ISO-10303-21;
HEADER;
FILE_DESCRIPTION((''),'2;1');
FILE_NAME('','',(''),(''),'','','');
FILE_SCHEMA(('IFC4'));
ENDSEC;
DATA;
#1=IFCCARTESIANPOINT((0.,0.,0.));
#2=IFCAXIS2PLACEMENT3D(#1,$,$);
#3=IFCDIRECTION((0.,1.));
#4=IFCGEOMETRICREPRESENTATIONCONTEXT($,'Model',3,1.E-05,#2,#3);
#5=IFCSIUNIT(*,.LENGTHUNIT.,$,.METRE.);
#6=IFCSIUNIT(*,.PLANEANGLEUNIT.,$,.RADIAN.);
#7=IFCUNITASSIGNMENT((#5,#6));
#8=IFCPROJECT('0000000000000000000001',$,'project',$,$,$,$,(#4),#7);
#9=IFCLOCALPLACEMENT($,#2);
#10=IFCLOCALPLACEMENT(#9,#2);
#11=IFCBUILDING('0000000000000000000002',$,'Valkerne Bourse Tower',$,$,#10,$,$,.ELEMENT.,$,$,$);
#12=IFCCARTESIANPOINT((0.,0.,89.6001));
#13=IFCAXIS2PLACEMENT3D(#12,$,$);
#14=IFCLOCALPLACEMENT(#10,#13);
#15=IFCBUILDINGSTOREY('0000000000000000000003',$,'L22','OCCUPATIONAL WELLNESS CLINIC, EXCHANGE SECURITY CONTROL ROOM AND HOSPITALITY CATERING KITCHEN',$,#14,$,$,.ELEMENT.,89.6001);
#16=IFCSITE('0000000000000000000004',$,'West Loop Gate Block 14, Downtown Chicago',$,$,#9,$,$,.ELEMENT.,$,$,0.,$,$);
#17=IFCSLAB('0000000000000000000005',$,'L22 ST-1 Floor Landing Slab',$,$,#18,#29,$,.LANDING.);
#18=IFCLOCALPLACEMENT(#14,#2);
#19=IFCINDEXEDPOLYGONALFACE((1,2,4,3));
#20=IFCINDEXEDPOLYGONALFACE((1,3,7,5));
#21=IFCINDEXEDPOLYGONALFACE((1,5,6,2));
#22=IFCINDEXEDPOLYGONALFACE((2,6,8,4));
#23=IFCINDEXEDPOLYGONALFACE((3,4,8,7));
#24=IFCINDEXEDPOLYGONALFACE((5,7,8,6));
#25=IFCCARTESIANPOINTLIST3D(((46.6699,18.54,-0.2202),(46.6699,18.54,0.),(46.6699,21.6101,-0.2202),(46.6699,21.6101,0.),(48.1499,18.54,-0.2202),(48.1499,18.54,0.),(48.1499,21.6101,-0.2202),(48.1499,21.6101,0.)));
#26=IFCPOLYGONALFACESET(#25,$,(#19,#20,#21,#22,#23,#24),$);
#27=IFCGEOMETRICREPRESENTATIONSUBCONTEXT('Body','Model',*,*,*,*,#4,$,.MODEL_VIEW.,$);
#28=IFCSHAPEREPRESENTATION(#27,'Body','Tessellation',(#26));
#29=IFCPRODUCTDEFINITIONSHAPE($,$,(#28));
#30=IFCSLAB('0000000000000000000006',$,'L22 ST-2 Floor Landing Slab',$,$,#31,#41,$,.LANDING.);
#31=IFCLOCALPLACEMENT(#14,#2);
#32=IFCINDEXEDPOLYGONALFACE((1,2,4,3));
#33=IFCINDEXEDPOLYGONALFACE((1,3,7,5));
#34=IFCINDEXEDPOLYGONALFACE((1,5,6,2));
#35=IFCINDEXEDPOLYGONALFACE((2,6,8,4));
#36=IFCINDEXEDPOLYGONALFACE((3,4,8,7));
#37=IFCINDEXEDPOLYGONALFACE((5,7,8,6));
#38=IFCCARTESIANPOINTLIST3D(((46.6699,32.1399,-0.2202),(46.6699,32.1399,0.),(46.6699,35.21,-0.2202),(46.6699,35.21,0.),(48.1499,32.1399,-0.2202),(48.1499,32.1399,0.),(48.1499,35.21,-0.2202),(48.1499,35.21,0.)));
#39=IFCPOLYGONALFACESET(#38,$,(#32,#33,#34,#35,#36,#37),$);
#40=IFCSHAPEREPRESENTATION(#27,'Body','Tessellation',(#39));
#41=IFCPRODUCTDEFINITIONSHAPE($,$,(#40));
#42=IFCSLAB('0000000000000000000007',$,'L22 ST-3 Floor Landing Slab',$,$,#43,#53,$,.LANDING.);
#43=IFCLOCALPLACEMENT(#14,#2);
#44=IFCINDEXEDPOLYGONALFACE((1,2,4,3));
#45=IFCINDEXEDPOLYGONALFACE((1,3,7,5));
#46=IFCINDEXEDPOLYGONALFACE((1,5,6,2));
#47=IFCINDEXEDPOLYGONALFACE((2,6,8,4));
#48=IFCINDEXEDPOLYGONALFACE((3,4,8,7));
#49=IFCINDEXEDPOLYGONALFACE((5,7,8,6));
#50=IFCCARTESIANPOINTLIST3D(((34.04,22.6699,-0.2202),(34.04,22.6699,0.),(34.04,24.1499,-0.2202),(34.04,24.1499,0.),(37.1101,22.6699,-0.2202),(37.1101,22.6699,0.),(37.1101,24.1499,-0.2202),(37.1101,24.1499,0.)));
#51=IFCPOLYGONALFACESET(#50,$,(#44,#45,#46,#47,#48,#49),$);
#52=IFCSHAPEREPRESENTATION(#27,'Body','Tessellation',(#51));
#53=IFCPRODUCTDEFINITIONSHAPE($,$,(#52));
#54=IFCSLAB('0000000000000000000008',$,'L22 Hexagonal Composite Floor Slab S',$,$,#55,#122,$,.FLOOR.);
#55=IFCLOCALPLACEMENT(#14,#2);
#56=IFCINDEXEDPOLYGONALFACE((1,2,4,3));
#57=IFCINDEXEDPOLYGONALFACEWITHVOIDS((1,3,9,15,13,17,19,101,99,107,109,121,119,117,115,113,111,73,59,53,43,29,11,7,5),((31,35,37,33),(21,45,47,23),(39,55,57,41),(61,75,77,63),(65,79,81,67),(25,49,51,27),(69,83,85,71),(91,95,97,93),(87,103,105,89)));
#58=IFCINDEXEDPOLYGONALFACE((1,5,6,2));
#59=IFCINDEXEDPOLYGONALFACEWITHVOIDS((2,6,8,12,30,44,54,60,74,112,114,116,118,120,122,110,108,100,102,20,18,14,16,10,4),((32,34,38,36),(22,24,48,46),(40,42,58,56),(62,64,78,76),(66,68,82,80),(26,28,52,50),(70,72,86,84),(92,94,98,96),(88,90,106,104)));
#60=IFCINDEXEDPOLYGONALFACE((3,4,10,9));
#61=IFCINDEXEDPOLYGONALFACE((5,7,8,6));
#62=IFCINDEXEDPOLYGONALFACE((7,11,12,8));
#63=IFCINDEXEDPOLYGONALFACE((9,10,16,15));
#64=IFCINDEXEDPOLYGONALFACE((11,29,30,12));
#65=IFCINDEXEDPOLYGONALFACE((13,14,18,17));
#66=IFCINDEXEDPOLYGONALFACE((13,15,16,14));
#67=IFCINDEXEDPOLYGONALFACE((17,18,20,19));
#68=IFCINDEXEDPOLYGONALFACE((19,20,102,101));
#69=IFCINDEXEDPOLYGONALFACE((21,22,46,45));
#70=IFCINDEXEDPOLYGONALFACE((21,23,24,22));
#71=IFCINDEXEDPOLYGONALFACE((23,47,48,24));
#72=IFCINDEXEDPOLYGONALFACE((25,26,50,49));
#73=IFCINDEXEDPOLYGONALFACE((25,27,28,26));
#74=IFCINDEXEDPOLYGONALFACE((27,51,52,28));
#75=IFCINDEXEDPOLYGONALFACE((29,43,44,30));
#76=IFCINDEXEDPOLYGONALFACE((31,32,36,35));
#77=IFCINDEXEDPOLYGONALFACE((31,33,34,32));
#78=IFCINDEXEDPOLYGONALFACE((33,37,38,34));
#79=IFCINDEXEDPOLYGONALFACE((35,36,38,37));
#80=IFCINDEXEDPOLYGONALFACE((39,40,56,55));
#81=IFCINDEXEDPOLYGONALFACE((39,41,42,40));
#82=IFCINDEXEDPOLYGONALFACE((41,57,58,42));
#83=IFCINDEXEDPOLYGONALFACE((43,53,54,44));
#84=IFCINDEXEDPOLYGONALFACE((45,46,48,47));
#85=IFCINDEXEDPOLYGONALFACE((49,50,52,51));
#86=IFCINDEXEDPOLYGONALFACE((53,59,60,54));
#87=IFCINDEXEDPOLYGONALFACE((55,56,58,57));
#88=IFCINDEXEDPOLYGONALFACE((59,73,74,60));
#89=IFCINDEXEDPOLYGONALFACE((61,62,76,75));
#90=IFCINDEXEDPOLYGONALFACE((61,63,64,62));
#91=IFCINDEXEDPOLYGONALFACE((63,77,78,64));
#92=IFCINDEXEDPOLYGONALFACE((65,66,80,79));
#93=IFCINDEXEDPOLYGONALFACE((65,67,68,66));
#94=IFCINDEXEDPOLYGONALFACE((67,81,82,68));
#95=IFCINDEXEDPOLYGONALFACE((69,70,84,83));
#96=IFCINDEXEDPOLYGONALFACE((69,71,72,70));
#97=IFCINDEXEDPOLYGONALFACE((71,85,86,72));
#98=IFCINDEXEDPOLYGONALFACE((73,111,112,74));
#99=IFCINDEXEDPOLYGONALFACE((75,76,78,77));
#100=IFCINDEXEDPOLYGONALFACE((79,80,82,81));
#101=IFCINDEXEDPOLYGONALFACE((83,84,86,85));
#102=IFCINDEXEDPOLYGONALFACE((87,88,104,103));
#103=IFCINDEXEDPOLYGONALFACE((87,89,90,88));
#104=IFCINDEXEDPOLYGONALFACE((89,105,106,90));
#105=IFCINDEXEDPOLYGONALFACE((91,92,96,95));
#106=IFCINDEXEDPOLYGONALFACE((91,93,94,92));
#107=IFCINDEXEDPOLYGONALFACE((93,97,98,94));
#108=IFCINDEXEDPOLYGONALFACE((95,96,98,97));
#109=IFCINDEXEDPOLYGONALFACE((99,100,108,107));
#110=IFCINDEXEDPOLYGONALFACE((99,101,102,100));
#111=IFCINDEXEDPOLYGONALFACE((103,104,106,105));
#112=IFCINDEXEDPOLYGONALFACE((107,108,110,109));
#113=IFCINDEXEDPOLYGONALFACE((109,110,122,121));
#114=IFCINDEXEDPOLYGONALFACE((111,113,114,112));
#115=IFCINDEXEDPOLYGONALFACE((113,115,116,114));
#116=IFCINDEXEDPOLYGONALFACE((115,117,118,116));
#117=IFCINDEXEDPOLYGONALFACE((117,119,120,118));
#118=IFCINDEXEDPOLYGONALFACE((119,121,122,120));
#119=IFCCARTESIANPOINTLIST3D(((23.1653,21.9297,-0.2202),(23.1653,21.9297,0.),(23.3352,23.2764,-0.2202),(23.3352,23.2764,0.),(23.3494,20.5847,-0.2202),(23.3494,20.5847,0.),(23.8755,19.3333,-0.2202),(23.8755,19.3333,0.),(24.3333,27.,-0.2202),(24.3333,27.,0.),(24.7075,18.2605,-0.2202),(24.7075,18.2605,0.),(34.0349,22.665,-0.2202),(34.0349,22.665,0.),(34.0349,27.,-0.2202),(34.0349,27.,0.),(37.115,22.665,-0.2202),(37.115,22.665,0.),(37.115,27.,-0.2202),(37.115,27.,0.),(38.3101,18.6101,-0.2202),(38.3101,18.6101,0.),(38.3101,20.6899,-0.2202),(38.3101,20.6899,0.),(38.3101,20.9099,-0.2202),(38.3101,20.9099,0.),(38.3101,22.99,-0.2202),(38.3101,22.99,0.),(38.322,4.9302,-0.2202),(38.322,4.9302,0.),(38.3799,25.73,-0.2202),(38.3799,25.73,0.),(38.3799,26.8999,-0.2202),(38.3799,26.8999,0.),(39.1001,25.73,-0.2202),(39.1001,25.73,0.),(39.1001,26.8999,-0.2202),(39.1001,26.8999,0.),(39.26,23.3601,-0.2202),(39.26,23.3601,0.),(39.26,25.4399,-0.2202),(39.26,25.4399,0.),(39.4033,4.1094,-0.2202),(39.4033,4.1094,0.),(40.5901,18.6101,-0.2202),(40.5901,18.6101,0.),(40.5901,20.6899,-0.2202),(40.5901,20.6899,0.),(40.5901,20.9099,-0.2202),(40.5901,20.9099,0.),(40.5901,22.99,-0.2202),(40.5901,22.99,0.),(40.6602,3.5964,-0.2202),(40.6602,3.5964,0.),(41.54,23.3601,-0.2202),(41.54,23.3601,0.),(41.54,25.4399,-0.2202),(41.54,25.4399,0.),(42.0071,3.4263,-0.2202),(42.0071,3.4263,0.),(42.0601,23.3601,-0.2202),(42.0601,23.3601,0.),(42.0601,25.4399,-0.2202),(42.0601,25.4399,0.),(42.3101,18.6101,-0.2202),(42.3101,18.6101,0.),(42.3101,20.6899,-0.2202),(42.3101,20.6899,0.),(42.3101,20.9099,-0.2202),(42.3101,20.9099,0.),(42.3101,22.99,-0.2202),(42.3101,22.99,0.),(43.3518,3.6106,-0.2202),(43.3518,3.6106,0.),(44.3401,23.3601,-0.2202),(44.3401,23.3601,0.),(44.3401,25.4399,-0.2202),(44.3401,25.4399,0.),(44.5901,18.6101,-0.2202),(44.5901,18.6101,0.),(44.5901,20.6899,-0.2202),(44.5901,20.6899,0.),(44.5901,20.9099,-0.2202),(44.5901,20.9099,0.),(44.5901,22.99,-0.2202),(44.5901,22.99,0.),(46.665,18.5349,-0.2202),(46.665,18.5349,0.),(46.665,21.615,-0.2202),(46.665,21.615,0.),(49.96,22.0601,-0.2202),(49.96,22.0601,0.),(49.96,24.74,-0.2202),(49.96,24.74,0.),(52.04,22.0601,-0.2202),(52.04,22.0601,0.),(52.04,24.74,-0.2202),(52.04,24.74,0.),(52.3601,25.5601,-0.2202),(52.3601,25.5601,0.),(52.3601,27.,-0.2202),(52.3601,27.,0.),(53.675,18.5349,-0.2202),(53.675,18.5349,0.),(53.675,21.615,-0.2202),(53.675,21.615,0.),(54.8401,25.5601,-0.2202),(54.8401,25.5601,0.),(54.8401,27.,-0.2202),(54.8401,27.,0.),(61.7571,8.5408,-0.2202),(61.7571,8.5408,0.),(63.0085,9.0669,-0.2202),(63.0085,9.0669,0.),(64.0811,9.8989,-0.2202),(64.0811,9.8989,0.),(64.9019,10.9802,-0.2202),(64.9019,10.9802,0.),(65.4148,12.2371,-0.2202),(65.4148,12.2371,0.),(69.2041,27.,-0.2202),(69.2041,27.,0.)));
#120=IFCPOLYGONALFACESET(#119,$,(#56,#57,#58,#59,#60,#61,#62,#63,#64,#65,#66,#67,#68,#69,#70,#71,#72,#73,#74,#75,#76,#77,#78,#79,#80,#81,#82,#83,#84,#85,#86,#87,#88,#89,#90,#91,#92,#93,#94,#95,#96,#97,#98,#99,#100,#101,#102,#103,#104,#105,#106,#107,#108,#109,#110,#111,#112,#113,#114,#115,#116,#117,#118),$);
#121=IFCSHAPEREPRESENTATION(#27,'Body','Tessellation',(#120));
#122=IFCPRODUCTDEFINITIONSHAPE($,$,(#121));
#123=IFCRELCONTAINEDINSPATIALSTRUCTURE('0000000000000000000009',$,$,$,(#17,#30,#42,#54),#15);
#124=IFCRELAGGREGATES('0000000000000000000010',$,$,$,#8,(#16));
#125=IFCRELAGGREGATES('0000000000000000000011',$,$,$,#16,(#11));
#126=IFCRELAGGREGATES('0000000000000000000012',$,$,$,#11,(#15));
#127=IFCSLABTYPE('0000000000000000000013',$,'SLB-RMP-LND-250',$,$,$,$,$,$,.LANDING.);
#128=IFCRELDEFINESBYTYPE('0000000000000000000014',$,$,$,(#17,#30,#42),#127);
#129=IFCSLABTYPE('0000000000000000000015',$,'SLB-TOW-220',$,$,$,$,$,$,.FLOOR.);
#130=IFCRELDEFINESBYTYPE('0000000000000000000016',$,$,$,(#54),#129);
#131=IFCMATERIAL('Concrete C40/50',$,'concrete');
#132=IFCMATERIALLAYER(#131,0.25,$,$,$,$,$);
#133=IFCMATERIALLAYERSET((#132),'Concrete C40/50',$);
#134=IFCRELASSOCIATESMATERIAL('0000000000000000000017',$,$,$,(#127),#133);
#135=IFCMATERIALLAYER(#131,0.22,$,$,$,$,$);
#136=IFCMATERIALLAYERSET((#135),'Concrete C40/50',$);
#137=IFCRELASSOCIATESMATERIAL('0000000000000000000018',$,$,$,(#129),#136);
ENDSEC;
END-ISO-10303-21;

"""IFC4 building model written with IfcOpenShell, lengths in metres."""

from ifc_helpers import new_model, si_unit, direction, frame, origin, place, context, subcontext, project, spatial, polyline, outline, extrude, material, layer, layer_set, type_object, element, save


model = new_model("IFC4")

# Units and contexts
model_context = context("Model", 3, precision=1e-05, world=origin(), true_north=direction((0.0, 1.0)))
body_context = subcontext(model_context, "Body", "Model", "MODEL_VIEW")
ifc_project = project(units=[si_unit("LENGTHUNIT", "METRE"), si_unit("PLANEANGLEUNIT", "RADIAN")], contexts=[model_context])

# Site, building, storey
site_placement = place(None, origin())
site = spatial("IfcSite", under=ifc_project, at=site_placement, Name="West Loop Gate Block 14, Downtown Chicago", CompositionType="ELEMENT", RefElevation=0.0)
building_placement = place(site_placement, origin())
building = spatial("IfcBuilding", under=site, at=building_placement, Name="Valkerne Bourse Tower", CompositionType="ELEMENT")
storey_placement = place(building_placement, frame((0.0, 0.0, 89.6001)))
storey = spatial("IfcBuildingStorey", under=building, at=storey_placement, Name="L22", Description="OCCUPATIONAL WELLNESS CLINIC, EXCHANGE SECURITY CONTROL ROOM AND HOSPITALITY CATERING KITCHEN", CompositionType="ELEMENT", Elevation=89.6001)

# Slabs
ifc_material_1 = material(Name="Concrete C40/50", Category="concrete")
ifc_layer_1 = layer(ifc_material_1, 0.25)
ifc_layer_set_1 = layer_set([ifc_layer_1], Name="Concrete C40/50")
slab_type_1 = type_object("IfcSlabType", Name="SLB-RMP-LND-250", PredefinedType="LANDING", material=ifc_layer_set_1)
slab_1_placement = place(storey_placement, frame((0.0, 0.0, -0.2202)))
element("IfcSlab", 1, at=slab_1_placement, inside=storey, type_object=slab_type_1, Name="L22 ST-1 Floor Landing Slab", PredefinedType="LANDING", context=body_context, shape_type="SweptSolid", body=[
    extrude(outline(polyline([(46.6699, 18.54), (48.1499, 18.54), (48.1499, 21.6101), (46.6699, 21.6101), (46.6699, 18.54)])), origin(), (0.0, 0.0, 1.0), 0.2202),
])
slab_2_placement = place(storey_placement, frame((0.0, 0.0, -0.2202)))
element("IfcSlab", 2, at=slab_2_placement, inside=storey, type_object=slab_type_1, Name="L22 ST-2 Floor Landing Slab", PredefinedType="LANDING", context=body_context, shape_type="SweptSolid", body=[
    extrude(outline(polyline([(46.6699, 32.1399), (48.1499, 32.1399), (48.1499, 35.21), (46.6699, 35.21), (46.6699, 32.1399)])), origin(), (0.0, 0.0, 1.0), 0.2202),
])
slab_3_placement = place(storey_placement, frame((0.0, 0.0, -0.2202)))
element("IfcSlab", 3, at=slab_3_placement, inside=storey, type_object=slab_type_1, Name="L22 ST-3 Floor Landing Slab", PredefinedType="LANDING", context=body_context, shape_type="SweptSolid", body=[
    extrude(outline(polyline([(37.1101, 22.6699), (37.1101, 24.1499), (34.04, 24.1499), (34.04, 22.6699), (37.1101, 22.6699)])), origin(), (0.0, 0.0, 1.0), 0.2202),
])
ifc_layer_2 = layer(ifc_material_1, 0.22)
ifc_layer_set_2 = layer_set([ifc_layer_2], Name="Concrete C40/50")
slab_type_2 = type_object("IfcSlabType", Name="SLB-TOW-220", PredefinedType="FLOOR", material=ifc_layer_set_2)
slab_4_placement = place(storey_placement, frame((0.0, 0.0, -0.2202)))
element("IfcSlab", 4, at=slab_4_placement, inside=storey, type_object=slab_type_2, Name="L22 Hexagonal Composite Floor Slab S", PredefinedType="FLOOR", context=body_context, shape_type="SweptSolid", body=[
    extrude(outline(polyline([(64.9019, 10.9802), (64.0811, 9.8989), (63.0085, 9.0669), (61.7571, 8.5408), (43.3518, 3.6106), (42.0071, 3.4263), (40.6602, 3.5964), (39.4033, 4.1094), (38.322, 4.9302), (24.7075, 18.2605), (23.8755, 19.3333), (23.3494, 20.5847), (23.1653, 21.9297), (23.3352, 23.2764), (24.3333, 27.0), (34.0349, 27.0), (34.0349, 22.665), (37.115, 22.665), (37.115, 27.0), (52.3601, 27.0), (52.3601, 25.5601), (54.8401, 25.5601), (54.8401, 27.0), (69.2041, 27.0), (65.4148, 12.2371), (64.9019, 10.9802)]), holes=[polyline([(40.5901, 20.6899), (38.3101, 20.6899), (38.3101, 18.6101), (40.5901, 18.6101), (40.5901, 20.6899)]), polyline([(40.5901, 22.99), (38.3101, 22.99), (38.3101, 20.9099), (40.5901, 20.9099), (40.5901, 22.99)]), polyline([(41.54, 25.4399), (39.26, 25.4399), (39.26, 23.3601), (41.54, 23.3601), (41.54, 25.4399)]), polyline([(39.1001, 25.73), (39.1001, 26.8999), (38.3799, 26.8999), (38.3799, 25.73), (39.1001, 25.73)]), polyline([(44.5901, 20.6899), (42.3101, 20.6899), (42.3101, 18.6101), (44.5901, 18.6101), (44.5901, 20.6899)]), polyline([(53.675, 21.615), (46.665, 21.615), (46.665, 18.5349), (53.675, 18.5349), (53.675, 21.615)]), polyline([(44.5901, 22.99), (42.3101, 22.99), (42.3101, 20.9099), (44.5901, 20.9099), (44.5901, 22.99)]), polyline([(52.04, 22.0601), (52.04, 24.74), (49.96, 24.74), (49.96, 22.0601), (52.04, 22.0601)]), polyline([(44.3401, 23.3601), (44.3401, 25.4399), (42.0601, 25.4399), (42.0601, 23.3601), (44.3401, 23.3601)])]), origin(), (0.0, 0.0, 1.0), 0.2202),
])

save(model, "model.ifc")
